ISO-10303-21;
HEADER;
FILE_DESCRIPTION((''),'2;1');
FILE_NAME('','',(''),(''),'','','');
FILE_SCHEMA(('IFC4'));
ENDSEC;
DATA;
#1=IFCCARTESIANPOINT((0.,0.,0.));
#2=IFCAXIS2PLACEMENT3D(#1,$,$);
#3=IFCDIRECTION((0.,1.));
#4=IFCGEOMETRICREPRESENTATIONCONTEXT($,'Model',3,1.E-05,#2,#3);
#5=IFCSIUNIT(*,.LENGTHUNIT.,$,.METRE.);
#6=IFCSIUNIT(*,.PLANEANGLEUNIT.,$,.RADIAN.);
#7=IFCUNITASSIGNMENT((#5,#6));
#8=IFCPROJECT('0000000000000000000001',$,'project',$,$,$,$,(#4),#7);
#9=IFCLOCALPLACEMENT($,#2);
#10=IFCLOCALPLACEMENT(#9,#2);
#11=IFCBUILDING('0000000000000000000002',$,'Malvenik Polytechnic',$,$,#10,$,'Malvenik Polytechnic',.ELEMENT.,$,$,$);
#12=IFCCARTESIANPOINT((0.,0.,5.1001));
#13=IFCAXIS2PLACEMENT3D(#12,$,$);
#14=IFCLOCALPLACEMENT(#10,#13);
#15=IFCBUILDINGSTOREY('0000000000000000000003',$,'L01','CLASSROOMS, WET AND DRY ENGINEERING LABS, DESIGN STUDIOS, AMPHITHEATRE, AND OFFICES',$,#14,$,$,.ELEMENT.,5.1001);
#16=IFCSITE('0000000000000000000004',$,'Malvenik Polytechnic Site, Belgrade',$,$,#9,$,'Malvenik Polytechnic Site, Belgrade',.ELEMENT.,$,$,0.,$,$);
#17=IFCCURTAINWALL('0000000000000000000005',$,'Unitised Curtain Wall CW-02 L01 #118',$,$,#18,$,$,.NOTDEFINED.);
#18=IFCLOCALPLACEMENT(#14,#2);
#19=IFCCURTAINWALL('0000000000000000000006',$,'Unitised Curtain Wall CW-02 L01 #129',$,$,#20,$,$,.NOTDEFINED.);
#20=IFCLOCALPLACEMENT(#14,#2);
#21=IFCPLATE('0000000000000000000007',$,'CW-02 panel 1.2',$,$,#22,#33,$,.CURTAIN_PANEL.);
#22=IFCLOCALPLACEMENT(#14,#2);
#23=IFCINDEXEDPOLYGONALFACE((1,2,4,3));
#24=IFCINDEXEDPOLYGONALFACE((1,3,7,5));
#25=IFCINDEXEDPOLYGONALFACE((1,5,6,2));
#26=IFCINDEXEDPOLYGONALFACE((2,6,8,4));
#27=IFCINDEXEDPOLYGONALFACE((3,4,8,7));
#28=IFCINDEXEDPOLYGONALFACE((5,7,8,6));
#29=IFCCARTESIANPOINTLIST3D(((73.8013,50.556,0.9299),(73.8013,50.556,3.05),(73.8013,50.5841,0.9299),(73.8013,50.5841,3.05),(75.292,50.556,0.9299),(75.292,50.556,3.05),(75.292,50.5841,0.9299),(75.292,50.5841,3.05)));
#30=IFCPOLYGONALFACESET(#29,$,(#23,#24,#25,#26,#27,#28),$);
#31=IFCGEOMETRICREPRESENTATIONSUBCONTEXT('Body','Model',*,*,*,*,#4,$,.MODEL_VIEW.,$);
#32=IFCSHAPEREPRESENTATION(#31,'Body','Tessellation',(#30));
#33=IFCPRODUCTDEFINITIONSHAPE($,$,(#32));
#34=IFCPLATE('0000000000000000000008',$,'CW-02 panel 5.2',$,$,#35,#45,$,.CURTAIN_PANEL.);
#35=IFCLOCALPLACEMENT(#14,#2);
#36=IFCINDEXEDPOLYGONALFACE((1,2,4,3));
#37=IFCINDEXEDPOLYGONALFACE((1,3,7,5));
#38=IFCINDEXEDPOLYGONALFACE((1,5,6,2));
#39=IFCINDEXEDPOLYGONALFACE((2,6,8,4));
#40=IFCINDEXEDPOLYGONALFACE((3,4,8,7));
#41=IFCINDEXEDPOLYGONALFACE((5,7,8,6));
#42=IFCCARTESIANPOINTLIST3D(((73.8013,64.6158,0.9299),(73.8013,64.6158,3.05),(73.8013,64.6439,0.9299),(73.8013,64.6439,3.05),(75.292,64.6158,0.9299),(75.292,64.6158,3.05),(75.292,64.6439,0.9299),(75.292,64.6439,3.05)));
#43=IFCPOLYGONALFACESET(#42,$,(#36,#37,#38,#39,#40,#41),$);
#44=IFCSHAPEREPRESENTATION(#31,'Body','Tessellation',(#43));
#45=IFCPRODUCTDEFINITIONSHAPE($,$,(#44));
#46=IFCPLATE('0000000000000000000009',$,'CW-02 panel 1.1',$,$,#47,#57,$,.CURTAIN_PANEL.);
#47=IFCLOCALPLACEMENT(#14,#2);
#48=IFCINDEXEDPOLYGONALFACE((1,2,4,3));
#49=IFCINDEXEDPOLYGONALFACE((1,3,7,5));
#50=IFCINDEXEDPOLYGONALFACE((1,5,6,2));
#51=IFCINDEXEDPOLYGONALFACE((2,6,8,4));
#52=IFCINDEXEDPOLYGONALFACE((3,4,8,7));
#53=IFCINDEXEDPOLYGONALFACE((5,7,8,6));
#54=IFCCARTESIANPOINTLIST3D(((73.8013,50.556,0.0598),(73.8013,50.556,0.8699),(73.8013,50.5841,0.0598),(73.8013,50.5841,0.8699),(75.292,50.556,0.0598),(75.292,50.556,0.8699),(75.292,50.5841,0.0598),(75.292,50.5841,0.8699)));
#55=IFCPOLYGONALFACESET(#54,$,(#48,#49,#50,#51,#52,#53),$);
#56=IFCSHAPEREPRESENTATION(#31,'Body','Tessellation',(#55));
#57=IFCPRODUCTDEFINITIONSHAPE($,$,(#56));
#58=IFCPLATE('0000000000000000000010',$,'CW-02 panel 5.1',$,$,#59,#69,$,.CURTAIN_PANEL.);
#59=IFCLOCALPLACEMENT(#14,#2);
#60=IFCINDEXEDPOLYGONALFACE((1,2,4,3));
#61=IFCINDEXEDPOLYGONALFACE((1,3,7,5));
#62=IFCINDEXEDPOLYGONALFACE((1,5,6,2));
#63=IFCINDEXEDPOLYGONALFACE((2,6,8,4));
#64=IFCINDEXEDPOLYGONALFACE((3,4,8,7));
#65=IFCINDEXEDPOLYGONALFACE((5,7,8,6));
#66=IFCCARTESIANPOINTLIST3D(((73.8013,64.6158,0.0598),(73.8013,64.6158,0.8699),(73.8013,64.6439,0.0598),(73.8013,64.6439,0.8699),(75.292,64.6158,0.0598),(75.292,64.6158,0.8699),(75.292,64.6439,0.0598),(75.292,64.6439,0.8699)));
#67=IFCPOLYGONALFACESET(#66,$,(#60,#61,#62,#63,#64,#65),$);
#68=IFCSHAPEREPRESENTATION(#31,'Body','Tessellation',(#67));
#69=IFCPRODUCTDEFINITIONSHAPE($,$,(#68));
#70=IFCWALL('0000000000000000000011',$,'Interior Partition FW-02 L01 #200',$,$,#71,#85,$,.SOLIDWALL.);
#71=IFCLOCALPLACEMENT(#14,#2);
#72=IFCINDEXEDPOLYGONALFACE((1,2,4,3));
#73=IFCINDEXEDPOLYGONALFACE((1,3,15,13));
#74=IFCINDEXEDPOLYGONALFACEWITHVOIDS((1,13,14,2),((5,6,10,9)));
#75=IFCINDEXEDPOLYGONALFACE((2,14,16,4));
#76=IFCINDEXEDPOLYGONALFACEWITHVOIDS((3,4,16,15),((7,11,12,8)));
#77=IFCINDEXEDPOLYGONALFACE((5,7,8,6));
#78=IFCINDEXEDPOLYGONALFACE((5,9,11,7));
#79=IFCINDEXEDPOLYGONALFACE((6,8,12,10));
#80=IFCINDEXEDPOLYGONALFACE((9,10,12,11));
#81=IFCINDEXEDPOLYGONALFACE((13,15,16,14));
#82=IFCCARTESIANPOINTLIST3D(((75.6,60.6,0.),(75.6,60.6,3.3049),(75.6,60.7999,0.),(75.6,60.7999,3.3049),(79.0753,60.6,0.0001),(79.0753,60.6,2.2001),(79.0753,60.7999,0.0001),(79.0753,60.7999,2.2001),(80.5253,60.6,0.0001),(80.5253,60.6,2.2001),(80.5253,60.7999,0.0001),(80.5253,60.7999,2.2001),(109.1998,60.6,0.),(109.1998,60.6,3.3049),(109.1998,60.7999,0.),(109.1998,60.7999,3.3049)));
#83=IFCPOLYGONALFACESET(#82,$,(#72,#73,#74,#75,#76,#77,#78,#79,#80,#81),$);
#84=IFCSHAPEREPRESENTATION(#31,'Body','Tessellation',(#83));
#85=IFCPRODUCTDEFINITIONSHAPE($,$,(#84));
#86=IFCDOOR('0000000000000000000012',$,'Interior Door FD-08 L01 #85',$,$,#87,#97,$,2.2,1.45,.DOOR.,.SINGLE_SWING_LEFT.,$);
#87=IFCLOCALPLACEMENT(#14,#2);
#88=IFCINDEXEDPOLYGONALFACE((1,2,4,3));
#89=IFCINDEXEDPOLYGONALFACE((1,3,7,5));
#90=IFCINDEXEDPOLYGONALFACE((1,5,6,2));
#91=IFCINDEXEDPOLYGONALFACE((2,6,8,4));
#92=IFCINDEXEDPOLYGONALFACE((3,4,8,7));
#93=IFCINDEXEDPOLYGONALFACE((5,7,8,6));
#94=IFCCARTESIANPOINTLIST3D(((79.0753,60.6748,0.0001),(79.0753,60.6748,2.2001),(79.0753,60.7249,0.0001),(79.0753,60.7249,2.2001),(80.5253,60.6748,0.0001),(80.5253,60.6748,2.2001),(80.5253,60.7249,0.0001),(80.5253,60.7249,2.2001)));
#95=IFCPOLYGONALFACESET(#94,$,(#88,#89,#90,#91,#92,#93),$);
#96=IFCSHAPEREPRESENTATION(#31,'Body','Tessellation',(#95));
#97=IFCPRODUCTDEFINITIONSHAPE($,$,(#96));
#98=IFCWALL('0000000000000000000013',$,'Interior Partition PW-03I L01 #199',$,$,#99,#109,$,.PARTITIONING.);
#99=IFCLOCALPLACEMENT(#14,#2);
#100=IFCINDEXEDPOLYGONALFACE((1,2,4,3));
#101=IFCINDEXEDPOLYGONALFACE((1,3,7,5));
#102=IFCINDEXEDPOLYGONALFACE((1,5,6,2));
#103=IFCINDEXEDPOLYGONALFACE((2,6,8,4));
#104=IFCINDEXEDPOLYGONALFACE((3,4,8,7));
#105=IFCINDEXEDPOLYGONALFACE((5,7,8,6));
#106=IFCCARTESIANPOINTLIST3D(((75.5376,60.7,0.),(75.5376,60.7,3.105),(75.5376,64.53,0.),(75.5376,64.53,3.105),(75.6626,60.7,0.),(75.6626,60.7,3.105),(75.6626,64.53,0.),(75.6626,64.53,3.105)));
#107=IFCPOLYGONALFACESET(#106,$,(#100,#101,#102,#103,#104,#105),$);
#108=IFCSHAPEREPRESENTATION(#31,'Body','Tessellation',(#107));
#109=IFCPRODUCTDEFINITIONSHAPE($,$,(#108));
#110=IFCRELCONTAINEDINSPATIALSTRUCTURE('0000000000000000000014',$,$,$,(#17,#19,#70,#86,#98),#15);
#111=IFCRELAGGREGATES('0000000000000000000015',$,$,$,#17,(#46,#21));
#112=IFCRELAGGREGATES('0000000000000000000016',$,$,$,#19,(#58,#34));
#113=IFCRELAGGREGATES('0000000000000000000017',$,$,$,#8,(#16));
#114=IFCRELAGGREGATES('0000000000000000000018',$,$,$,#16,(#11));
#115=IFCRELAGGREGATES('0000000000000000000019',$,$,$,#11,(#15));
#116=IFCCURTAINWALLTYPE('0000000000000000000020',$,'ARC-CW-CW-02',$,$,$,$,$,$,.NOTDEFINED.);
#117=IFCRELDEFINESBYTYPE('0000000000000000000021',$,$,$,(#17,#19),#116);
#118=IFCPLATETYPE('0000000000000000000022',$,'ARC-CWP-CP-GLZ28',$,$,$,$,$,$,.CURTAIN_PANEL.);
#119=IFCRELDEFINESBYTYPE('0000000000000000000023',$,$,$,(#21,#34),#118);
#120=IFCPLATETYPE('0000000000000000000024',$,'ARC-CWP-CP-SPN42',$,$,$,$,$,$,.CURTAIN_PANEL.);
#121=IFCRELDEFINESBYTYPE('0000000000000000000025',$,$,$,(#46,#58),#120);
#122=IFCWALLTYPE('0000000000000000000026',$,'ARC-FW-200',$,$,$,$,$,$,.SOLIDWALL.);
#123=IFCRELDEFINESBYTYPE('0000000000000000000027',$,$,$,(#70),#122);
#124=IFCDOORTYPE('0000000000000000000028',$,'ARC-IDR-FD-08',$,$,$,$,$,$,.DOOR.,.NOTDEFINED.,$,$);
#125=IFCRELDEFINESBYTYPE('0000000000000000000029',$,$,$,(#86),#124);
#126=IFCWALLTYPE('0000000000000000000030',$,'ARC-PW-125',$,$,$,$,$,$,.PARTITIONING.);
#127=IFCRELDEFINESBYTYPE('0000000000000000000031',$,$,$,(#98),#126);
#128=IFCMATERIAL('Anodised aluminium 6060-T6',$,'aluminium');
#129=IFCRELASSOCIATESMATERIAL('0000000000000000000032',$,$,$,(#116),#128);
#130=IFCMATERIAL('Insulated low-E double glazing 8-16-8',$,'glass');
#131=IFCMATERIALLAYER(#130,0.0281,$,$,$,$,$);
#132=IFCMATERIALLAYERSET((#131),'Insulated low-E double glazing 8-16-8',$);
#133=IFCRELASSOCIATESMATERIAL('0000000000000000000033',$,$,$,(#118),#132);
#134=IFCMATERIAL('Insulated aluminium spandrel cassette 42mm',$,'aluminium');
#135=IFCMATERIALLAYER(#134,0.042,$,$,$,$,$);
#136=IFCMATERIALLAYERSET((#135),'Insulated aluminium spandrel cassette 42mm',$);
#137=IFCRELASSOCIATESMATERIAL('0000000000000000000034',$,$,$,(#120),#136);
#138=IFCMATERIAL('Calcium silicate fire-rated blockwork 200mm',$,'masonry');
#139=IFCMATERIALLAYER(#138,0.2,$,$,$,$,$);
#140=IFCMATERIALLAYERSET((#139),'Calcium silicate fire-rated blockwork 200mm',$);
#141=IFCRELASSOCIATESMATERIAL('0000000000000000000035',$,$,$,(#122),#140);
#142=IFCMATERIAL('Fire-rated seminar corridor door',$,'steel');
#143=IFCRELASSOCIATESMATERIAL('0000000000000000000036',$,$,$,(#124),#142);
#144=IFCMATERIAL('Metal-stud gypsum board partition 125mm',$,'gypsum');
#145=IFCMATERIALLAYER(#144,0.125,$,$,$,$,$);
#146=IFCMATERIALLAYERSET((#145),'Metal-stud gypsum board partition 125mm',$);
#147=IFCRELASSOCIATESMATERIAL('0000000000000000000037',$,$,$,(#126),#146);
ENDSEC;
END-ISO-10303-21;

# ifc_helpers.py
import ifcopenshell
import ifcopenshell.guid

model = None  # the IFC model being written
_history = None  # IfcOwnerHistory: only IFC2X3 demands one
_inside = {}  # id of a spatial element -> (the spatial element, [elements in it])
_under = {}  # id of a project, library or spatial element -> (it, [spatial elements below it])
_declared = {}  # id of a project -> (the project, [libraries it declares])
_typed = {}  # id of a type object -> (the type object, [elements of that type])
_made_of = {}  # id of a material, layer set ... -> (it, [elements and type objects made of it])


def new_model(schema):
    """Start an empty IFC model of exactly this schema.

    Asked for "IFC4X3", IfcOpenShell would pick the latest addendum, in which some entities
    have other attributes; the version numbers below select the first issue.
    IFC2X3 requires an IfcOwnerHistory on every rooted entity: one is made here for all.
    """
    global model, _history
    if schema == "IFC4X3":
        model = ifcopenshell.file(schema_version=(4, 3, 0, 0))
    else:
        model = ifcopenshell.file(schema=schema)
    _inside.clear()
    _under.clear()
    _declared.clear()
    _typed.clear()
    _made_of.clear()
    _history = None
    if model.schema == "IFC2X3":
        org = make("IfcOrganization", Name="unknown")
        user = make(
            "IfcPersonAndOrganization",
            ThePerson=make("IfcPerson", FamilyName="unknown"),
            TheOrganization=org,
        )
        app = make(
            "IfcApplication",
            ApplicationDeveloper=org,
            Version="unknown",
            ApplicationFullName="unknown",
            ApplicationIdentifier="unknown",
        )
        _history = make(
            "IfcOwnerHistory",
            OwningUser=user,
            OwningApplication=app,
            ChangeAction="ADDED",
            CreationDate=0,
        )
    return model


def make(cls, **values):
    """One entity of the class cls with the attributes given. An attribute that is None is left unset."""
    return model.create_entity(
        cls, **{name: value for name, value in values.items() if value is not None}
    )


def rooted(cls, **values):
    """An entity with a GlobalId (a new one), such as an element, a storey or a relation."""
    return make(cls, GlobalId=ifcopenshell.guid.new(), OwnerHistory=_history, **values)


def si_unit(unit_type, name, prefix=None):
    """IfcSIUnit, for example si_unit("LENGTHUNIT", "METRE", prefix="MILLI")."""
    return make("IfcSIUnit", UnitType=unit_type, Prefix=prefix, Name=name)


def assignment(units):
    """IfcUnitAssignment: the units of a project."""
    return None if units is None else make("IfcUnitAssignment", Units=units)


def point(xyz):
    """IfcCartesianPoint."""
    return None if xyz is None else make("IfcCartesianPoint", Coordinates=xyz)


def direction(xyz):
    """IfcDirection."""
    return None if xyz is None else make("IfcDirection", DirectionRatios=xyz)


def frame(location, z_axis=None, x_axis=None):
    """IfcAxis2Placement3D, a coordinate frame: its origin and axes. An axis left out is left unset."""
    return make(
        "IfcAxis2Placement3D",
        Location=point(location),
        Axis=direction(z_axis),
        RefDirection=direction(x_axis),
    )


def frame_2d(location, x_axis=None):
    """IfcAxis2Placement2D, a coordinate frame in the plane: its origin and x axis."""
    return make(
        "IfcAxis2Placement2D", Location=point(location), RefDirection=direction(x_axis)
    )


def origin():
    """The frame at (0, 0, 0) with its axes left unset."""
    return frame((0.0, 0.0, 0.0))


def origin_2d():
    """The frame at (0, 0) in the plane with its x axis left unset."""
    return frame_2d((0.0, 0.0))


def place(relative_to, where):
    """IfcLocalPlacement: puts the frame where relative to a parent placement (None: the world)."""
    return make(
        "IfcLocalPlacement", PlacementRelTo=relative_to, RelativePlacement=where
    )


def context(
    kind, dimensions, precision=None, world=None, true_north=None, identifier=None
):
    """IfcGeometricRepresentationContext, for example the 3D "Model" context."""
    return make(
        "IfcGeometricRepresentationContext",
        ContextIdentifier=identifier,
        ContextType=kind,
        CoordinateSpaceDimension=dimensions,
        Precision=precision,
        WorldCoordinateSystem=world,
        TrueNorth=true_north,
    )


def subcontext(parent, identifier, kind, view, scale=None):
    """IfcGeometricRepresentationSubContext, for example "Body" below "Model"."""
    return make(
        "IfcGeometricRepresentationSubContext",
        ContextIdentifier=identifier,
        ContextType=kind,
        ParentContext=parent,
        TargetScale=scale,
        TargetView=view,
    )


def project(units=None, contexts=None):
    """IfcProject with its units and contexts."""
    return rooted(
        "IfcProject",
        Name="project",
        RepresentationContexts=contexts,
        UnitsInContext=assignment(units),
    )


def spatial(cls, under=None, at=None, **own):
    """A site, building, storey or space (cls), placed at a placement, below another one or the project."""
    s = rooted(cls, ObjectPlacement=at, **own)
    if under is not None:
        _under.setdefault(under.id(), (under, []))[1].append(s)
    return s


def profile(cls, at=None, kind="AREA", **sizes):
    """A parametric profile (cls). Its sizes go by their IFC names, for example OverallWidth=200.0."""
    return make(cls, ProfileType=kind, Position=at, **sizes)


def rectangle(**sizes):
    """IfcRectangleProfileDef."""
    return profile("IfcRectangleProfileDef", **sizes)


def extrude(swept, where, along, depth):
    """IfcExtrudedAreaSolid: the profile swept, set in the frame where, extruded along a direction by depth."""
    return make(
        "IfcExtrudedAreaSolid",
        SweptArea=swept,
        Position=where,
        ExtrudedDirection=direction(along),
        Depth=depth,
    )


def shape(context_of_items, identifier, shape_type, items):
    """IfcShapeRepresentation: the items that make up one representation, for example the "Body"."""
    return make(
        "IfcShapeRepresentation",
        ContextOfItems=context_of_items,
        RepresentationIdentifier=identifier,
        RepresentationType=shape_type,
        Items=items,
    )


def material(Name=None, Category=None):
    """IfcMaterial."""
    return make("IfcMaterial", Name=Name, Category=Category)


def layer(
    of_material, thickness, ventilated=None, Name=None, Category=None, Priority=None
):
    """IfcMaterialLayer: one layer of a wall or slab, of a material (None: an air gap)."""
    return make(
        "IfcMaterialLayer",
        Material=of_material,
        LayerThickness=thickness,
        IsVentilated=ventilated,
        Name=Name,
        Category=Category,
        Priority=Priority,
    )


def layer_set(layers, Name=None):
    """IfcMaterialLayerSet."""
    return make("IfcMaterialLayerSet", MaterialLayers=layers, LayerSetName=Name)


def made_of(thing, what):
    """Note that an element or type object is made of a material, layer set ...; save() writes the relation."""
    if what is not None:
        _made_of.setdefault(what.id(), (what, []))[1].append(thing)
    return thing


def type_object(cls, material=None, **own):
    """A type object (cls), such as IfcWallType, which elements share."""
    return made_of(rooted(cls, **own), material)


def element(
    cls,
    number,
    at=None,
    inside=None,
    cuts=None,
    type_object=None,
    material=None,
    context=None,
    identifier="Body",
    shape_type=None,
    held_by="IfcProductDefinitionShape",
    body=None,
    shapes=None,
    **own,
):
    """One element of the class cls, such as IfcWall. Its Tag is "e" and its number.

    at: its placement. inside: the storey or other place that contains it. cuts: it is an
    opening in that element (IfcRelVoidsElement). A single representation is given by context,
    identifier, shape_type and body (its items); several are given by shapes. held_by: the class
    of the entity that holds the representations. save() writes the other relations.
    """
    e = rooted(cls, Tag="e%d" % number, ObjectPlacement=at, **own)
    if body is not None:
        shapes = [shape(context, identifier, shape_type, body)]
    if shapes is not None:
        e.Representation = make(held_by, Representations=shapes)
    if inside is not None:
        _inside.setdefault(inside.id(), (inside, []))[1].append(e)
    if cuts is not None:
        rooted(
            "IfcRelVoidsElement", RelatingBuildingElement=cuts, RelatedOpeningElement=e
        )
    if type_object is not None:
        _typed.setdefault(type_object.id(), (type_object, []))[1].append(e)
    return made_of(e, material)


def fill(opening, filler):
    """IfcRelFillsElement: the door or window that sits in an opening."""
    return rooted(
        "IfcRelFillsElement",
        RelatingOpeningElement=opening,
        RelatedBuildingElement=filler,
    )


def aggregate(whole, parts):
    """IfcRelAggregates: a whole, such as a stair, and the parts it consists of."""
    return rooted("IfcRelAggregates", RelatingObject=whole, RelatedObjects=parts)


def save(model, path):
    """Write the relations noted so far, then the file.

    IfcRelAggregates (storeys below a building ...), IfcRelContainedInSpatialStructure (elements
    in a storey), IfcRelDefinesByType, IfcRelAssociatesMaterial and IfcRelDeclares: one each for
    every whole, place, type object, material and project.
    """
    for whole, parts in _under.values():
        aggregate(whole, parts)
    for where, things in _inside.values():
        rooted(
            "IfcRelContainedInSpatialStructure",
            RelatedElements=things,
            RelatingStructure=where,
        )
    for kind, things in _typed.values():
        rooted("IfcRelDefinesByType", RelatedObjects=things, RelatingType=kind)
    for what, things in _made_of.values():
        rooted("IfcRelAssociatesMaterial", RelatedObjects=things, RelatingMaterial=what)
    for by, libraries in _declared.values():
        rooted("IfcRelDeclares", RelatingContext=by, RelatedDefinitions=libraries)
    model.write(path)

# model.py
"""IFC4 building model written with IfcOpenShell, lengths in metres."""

from ifc_helpers import new_model, si_unit, direction, frame, frame_2d, origin, origin_2d, place, context, subcontext, project, spatial, rectangle, extrude, material, layer, layer_set, type_object, element, fill, aggregate, save


model = new_model("IFC4")

# Units and contexts
model_context = context("Model", 3, precision=1e-05, world=origin(), true_north=direction((0.0, 1.0)))
body_context = subcontext(model_context, "Body", "Model", "MODEL_VIEW")
ifc_project = project(units=[si_unit("LENGTHUNIT", "METRE"), si_unit("PLANEANGLEUNIT", "RADIAN")], contexts=[model_context])

# Site, building, storey
site_placement = place(None, origin())
site = spatial("IfcSite", under=ifc_project, at=site_placement, Name="Malvenik Polytechnic Site, Belgrade", LongName="Malvenik Polytechnic Site, Belgrade", CompositionType="ELEMENT", RefElevation=0.0)
building_placement = place(site_placement, origin())
building = spatial("IfcBuilding", under=site, at=building_placement, Name="Malvenik Polytechnic", LongName="Malvenik Polytechnic", CompositionType="ELEMENT")
storey_placement = place(building_placement, frame((0.0, 0.0, 5.1001)))
storey = spatial("IfcBuildingStorey", under=building, at=storey_placement, Name="L01", Description="CLASSROOMS, WET AND DRY ENGINEERING LABS, DESIGN STUDIOS, AMPHITHEATRE, AND OFFICES", CompositionType="ELEMENT", Elevation=5.1001)

# Curtain wall
ifc_material_1 = material(Name="Anodised aluminium 6060-T6", Category="aluminium")
curtain_wall_type = type_object("IfcCurtainWallType", Name="ARC-CW-CW-02", PredefinedType="NOTDEFINED", material=ifc_material_1)
curtain_wall_1_placement = place(storey_placement, origin())
curtain_wall_1 = element("IfcCurtainWall", 1, at=curtain_wall_1_placement, inside=storey, type_object=curtain_wall_type, Name="Unitised Curtain Wall CW-02 L01 #118", PredefinedType="NOTDEFINED")

# Curtain wall
curtain_wall_2_placement = place(storey_placement, origin())
curtain_wall_2 = element("IfcCurtainWall", 2, at=curtain_wall_2_placement, inside=storey, type_object=curtain_wall_type, Name="Unitised Curtain Wall CW-02 L01 #129", PredefinedType="NOTDEFINED")

# Plates
ifc_material_2 = material(Name="Insulated low-E double glazing 8-16-8", Category="glass")
ifc_layer_1 = layer(ifc_material_2, 0.0281)
ifc_layer_set_1 = layer_set([ifc_layer_1], Name="Insulated low-E double glazing 8-16-8")
plate_type_1 = type_object("IfcPlateType", Name="ARC-CWP-CP-GLZ28", PredefinedType="CURTAIN_PANEL", material=ifc_layer_set_1)
plate_1_placement = place(storey_placement, frame((74.5466, 50.5701, 0.9299), z_axis=(0.0, 0.0, 1.0), x_axis=(-1.0, 0.0, 0.0)))
plate_1 = element("IfcPlate", 3, at=plate_1_placement, type_object=plate_type_1, Name="CW-02 panel 1.2", PredefinedType="CURTAIN_PANEL", context=body_context, shape_type="SweptSolid", body=[
    extrude(rectangle(XDim=1.4907, YDim=0.0281, at=origin_2d()), origin(), (0.0, 0.0, 1.0), 2.1201),
])
plate_2_placement = place(storey_placement, frame((74.5466, 64.6299, 0.9299), z_axis=(0.0, 0.0, 1.0), x_axis=(1.0, 0.0, 0.0)))
plate_2 = element("IfcPlate", 4, at=plate_2_placement, type_object=plate_type_1, Name="CW-02 panel 5.2", PredefinedType="CURTAIN_PANEL", context=body_context, shape_type="SweptSolid", body=[
    extrude(rectangle(XDim=1.4907, YDim=0.0281, at=origin_2d()), origin(), (0.0, 0.0, 1.0), 2.1201),
])
ifc_material_3 = material(Name="Insulated aluminium spandrel cassette 42mm", Category="aluminium")
ifc_layer_2 = layer(ifc_material_3, 0.042)
ifc_layer_set_2 = layer_set([ifc_layer_2], Name="Insulated aluminium spandrel cassette 42mm")
plate_type_2 = type_object("IfcPlateType", Name="ARC-CWP-CP-SPN42", PredefinedType="CURTAIN_PANEL", material=ifc_layer_set_2)
plate_3_placement = place(storey_placement, frame((74.5466, 50.5701, 0.0598), z_axis=(0.0, 0.0, 1.0), x_axis=(-1.0, 0.0, 0.0)))
plate_3 = element("IfcPlate", 5, at=plate_3_placement, type_object=plate_type_2, Name="CW-02 panel 1.1", PredefinedType="CURTAIN_PANEL", context=body_context, shape_type="SweptSolid", body=[
    extrude(rectangle(XDim=1.4907, YDim=0.0281, at=origin_2d()), origin(), (0.0, 0.0, 1.0), 0.8101),
])
aggregate(curtain_wall_1, [plate_3, plate_1])
plate_4_placement = place(storey_placement, frame((74.5466, 64.6299, 0.0598), z_axis=(0.0, 0.0, 1.0), x_axis=(1.0, 0.0, 0.0)))
plate_4 = element("IfcPlate", 6, at=plate_4_placement, type_object=plate_type_2, Name="CW-02 panel 5.1", PredefinedType="CURTAIN_PANEL", context=body_context, shape_type="SweptSolid", body=[
    extrude(rectangle(XDim=1.4907, YDim=0.0281, at=origin_2d()), origin(), (0.0, 0.0, 1.0), 0.8101),
])
aggregate(curtain_wall_2, [plate_4, plate_2])

# Wall, opening, door
ifc_material_4 = material(Name="Calcium silicate fire-rated blockwork 200mm", Category="masonry")
ifc_layer_3 = layer(ifc_material_4, 0.2)
ifc_layer_set_3 = layer_set([ifc_layer_3], Name="Calcium silicate fire-rated blockwork 200mm")
wall_type_1 = type_object("IfcWallType", Name="ARC-FW-200", PredefinedType="SOLIDWALL", material=ifc_layer_set_3)
wall_1_placement = place(storey_placement, frame((75.6001, 60.7, 0.0), z_axis=(0.0, 0.0, 1.0), x_axis=(1.0, 0.0, 0.0)))
wall_1 = element("IfcWall", 7, at=wall_1_placement, inside=storey, type_object=wall_type_1, Name="Interior Partition FW-02 L01 #200", PredefinedType="SOLIDWALL", context=body_context, shape_type="SweptSolid", body=[
    extrude(rectangle(XDim=33.5999, YDim=0.2, at=frame_2d((16.7998, 0.0))), origin(), (0.0, 0.0, 1.0), 3.3049),
])
opening_placement = place(wall_1_placement, frame((3.4751, 0.0, 0.0)))
opening = element("IfcOpeningElement", 8, at=opening_placement, cuts=wall_1, PredefinedType="OPENING", context=body_context, shape_type="SweptSolid", body=[
    extrude(rectangle(XDim=1.45, YDim=2.2, at=frame_2d((0.7251, 1.1001))), frame((0.0, 0.1099, 0.0), z_axis=(0.0, -1.0, 0.0), x_axis=(1.0, 0.0, 0.0)), (0.0, 0.0, 1.0), 0.22),
])
ifc_material_5 = material(Name="Fire-rated seminar corridor door", Category="steel")
door_type = type_object("IfcDoorType", Name="ARC-IDR-FD-08", OperationType="NOTDEFINED", PredefinedType="DOOR", material=ifc_material_5)
door_placement = place(opening_placement, origin())
door = element("IfcDoor", 9, at=door_placement, inside=storey, type_object=door_type, Name="Interior Door FD-08 L01 #85", OperationType="SINGLE_SWING_LEFT", OverallHeight=2.2, OverallWidth=1.45, PredefinedType="DOOR", context=body_context, shape_type="SweptSolid", body=[
    extrude(rectangle(XDim=1.45, YDim=2.2, at=frame_2d((0.7251, 1.1001))), frame((0.0, 0.0249, 0.0), z_axis=(0.0, -1.0, 0.0), x_axis=(1.0, 0.0, 0.0)), (0.0, 0.0, 1.0), 0.05),
])
fill(opening, door)

# Wall
ifc_material_6 = material(Name="Metal-stud gypsum board partition 125mm", Category="gypsum")
ifc_layer_4 = layer(ifc_material_6, 0.125)
ifc_layer_set_4 = layer_set([ifc_layer_4], Name="Metal-stud gypsum board partition 125mm")
wall_type_2 = type_object("IfcWallType", Name="ARC-PW-125", PredefinedType="PARTITIONING", material=ifc_layer_set_4)
wall_2_placement = place(storey_placement, frame((75.6001, 60.7, 0.0), z_axis=(0.0, 0.0, 1.0), x_axis=(0.0, 1.0, 0.0)))
element("IfcWall", 10, at=wall_2_placement, inside=storey, type_object=wall_type_2, Name="Interior Partition PW-03I L01 #199", PredefinedType="PARTITIONING", context=body_context, shape_type="SweptSolid", body=[
    extrude(rectangle(XDim=3.8301, YDim=0.125, at=frame_2d((1.915, 0.0))), origin(), (0.0, 0.0, 1.0), 3.105),
])

save(model, "model.ifc")
